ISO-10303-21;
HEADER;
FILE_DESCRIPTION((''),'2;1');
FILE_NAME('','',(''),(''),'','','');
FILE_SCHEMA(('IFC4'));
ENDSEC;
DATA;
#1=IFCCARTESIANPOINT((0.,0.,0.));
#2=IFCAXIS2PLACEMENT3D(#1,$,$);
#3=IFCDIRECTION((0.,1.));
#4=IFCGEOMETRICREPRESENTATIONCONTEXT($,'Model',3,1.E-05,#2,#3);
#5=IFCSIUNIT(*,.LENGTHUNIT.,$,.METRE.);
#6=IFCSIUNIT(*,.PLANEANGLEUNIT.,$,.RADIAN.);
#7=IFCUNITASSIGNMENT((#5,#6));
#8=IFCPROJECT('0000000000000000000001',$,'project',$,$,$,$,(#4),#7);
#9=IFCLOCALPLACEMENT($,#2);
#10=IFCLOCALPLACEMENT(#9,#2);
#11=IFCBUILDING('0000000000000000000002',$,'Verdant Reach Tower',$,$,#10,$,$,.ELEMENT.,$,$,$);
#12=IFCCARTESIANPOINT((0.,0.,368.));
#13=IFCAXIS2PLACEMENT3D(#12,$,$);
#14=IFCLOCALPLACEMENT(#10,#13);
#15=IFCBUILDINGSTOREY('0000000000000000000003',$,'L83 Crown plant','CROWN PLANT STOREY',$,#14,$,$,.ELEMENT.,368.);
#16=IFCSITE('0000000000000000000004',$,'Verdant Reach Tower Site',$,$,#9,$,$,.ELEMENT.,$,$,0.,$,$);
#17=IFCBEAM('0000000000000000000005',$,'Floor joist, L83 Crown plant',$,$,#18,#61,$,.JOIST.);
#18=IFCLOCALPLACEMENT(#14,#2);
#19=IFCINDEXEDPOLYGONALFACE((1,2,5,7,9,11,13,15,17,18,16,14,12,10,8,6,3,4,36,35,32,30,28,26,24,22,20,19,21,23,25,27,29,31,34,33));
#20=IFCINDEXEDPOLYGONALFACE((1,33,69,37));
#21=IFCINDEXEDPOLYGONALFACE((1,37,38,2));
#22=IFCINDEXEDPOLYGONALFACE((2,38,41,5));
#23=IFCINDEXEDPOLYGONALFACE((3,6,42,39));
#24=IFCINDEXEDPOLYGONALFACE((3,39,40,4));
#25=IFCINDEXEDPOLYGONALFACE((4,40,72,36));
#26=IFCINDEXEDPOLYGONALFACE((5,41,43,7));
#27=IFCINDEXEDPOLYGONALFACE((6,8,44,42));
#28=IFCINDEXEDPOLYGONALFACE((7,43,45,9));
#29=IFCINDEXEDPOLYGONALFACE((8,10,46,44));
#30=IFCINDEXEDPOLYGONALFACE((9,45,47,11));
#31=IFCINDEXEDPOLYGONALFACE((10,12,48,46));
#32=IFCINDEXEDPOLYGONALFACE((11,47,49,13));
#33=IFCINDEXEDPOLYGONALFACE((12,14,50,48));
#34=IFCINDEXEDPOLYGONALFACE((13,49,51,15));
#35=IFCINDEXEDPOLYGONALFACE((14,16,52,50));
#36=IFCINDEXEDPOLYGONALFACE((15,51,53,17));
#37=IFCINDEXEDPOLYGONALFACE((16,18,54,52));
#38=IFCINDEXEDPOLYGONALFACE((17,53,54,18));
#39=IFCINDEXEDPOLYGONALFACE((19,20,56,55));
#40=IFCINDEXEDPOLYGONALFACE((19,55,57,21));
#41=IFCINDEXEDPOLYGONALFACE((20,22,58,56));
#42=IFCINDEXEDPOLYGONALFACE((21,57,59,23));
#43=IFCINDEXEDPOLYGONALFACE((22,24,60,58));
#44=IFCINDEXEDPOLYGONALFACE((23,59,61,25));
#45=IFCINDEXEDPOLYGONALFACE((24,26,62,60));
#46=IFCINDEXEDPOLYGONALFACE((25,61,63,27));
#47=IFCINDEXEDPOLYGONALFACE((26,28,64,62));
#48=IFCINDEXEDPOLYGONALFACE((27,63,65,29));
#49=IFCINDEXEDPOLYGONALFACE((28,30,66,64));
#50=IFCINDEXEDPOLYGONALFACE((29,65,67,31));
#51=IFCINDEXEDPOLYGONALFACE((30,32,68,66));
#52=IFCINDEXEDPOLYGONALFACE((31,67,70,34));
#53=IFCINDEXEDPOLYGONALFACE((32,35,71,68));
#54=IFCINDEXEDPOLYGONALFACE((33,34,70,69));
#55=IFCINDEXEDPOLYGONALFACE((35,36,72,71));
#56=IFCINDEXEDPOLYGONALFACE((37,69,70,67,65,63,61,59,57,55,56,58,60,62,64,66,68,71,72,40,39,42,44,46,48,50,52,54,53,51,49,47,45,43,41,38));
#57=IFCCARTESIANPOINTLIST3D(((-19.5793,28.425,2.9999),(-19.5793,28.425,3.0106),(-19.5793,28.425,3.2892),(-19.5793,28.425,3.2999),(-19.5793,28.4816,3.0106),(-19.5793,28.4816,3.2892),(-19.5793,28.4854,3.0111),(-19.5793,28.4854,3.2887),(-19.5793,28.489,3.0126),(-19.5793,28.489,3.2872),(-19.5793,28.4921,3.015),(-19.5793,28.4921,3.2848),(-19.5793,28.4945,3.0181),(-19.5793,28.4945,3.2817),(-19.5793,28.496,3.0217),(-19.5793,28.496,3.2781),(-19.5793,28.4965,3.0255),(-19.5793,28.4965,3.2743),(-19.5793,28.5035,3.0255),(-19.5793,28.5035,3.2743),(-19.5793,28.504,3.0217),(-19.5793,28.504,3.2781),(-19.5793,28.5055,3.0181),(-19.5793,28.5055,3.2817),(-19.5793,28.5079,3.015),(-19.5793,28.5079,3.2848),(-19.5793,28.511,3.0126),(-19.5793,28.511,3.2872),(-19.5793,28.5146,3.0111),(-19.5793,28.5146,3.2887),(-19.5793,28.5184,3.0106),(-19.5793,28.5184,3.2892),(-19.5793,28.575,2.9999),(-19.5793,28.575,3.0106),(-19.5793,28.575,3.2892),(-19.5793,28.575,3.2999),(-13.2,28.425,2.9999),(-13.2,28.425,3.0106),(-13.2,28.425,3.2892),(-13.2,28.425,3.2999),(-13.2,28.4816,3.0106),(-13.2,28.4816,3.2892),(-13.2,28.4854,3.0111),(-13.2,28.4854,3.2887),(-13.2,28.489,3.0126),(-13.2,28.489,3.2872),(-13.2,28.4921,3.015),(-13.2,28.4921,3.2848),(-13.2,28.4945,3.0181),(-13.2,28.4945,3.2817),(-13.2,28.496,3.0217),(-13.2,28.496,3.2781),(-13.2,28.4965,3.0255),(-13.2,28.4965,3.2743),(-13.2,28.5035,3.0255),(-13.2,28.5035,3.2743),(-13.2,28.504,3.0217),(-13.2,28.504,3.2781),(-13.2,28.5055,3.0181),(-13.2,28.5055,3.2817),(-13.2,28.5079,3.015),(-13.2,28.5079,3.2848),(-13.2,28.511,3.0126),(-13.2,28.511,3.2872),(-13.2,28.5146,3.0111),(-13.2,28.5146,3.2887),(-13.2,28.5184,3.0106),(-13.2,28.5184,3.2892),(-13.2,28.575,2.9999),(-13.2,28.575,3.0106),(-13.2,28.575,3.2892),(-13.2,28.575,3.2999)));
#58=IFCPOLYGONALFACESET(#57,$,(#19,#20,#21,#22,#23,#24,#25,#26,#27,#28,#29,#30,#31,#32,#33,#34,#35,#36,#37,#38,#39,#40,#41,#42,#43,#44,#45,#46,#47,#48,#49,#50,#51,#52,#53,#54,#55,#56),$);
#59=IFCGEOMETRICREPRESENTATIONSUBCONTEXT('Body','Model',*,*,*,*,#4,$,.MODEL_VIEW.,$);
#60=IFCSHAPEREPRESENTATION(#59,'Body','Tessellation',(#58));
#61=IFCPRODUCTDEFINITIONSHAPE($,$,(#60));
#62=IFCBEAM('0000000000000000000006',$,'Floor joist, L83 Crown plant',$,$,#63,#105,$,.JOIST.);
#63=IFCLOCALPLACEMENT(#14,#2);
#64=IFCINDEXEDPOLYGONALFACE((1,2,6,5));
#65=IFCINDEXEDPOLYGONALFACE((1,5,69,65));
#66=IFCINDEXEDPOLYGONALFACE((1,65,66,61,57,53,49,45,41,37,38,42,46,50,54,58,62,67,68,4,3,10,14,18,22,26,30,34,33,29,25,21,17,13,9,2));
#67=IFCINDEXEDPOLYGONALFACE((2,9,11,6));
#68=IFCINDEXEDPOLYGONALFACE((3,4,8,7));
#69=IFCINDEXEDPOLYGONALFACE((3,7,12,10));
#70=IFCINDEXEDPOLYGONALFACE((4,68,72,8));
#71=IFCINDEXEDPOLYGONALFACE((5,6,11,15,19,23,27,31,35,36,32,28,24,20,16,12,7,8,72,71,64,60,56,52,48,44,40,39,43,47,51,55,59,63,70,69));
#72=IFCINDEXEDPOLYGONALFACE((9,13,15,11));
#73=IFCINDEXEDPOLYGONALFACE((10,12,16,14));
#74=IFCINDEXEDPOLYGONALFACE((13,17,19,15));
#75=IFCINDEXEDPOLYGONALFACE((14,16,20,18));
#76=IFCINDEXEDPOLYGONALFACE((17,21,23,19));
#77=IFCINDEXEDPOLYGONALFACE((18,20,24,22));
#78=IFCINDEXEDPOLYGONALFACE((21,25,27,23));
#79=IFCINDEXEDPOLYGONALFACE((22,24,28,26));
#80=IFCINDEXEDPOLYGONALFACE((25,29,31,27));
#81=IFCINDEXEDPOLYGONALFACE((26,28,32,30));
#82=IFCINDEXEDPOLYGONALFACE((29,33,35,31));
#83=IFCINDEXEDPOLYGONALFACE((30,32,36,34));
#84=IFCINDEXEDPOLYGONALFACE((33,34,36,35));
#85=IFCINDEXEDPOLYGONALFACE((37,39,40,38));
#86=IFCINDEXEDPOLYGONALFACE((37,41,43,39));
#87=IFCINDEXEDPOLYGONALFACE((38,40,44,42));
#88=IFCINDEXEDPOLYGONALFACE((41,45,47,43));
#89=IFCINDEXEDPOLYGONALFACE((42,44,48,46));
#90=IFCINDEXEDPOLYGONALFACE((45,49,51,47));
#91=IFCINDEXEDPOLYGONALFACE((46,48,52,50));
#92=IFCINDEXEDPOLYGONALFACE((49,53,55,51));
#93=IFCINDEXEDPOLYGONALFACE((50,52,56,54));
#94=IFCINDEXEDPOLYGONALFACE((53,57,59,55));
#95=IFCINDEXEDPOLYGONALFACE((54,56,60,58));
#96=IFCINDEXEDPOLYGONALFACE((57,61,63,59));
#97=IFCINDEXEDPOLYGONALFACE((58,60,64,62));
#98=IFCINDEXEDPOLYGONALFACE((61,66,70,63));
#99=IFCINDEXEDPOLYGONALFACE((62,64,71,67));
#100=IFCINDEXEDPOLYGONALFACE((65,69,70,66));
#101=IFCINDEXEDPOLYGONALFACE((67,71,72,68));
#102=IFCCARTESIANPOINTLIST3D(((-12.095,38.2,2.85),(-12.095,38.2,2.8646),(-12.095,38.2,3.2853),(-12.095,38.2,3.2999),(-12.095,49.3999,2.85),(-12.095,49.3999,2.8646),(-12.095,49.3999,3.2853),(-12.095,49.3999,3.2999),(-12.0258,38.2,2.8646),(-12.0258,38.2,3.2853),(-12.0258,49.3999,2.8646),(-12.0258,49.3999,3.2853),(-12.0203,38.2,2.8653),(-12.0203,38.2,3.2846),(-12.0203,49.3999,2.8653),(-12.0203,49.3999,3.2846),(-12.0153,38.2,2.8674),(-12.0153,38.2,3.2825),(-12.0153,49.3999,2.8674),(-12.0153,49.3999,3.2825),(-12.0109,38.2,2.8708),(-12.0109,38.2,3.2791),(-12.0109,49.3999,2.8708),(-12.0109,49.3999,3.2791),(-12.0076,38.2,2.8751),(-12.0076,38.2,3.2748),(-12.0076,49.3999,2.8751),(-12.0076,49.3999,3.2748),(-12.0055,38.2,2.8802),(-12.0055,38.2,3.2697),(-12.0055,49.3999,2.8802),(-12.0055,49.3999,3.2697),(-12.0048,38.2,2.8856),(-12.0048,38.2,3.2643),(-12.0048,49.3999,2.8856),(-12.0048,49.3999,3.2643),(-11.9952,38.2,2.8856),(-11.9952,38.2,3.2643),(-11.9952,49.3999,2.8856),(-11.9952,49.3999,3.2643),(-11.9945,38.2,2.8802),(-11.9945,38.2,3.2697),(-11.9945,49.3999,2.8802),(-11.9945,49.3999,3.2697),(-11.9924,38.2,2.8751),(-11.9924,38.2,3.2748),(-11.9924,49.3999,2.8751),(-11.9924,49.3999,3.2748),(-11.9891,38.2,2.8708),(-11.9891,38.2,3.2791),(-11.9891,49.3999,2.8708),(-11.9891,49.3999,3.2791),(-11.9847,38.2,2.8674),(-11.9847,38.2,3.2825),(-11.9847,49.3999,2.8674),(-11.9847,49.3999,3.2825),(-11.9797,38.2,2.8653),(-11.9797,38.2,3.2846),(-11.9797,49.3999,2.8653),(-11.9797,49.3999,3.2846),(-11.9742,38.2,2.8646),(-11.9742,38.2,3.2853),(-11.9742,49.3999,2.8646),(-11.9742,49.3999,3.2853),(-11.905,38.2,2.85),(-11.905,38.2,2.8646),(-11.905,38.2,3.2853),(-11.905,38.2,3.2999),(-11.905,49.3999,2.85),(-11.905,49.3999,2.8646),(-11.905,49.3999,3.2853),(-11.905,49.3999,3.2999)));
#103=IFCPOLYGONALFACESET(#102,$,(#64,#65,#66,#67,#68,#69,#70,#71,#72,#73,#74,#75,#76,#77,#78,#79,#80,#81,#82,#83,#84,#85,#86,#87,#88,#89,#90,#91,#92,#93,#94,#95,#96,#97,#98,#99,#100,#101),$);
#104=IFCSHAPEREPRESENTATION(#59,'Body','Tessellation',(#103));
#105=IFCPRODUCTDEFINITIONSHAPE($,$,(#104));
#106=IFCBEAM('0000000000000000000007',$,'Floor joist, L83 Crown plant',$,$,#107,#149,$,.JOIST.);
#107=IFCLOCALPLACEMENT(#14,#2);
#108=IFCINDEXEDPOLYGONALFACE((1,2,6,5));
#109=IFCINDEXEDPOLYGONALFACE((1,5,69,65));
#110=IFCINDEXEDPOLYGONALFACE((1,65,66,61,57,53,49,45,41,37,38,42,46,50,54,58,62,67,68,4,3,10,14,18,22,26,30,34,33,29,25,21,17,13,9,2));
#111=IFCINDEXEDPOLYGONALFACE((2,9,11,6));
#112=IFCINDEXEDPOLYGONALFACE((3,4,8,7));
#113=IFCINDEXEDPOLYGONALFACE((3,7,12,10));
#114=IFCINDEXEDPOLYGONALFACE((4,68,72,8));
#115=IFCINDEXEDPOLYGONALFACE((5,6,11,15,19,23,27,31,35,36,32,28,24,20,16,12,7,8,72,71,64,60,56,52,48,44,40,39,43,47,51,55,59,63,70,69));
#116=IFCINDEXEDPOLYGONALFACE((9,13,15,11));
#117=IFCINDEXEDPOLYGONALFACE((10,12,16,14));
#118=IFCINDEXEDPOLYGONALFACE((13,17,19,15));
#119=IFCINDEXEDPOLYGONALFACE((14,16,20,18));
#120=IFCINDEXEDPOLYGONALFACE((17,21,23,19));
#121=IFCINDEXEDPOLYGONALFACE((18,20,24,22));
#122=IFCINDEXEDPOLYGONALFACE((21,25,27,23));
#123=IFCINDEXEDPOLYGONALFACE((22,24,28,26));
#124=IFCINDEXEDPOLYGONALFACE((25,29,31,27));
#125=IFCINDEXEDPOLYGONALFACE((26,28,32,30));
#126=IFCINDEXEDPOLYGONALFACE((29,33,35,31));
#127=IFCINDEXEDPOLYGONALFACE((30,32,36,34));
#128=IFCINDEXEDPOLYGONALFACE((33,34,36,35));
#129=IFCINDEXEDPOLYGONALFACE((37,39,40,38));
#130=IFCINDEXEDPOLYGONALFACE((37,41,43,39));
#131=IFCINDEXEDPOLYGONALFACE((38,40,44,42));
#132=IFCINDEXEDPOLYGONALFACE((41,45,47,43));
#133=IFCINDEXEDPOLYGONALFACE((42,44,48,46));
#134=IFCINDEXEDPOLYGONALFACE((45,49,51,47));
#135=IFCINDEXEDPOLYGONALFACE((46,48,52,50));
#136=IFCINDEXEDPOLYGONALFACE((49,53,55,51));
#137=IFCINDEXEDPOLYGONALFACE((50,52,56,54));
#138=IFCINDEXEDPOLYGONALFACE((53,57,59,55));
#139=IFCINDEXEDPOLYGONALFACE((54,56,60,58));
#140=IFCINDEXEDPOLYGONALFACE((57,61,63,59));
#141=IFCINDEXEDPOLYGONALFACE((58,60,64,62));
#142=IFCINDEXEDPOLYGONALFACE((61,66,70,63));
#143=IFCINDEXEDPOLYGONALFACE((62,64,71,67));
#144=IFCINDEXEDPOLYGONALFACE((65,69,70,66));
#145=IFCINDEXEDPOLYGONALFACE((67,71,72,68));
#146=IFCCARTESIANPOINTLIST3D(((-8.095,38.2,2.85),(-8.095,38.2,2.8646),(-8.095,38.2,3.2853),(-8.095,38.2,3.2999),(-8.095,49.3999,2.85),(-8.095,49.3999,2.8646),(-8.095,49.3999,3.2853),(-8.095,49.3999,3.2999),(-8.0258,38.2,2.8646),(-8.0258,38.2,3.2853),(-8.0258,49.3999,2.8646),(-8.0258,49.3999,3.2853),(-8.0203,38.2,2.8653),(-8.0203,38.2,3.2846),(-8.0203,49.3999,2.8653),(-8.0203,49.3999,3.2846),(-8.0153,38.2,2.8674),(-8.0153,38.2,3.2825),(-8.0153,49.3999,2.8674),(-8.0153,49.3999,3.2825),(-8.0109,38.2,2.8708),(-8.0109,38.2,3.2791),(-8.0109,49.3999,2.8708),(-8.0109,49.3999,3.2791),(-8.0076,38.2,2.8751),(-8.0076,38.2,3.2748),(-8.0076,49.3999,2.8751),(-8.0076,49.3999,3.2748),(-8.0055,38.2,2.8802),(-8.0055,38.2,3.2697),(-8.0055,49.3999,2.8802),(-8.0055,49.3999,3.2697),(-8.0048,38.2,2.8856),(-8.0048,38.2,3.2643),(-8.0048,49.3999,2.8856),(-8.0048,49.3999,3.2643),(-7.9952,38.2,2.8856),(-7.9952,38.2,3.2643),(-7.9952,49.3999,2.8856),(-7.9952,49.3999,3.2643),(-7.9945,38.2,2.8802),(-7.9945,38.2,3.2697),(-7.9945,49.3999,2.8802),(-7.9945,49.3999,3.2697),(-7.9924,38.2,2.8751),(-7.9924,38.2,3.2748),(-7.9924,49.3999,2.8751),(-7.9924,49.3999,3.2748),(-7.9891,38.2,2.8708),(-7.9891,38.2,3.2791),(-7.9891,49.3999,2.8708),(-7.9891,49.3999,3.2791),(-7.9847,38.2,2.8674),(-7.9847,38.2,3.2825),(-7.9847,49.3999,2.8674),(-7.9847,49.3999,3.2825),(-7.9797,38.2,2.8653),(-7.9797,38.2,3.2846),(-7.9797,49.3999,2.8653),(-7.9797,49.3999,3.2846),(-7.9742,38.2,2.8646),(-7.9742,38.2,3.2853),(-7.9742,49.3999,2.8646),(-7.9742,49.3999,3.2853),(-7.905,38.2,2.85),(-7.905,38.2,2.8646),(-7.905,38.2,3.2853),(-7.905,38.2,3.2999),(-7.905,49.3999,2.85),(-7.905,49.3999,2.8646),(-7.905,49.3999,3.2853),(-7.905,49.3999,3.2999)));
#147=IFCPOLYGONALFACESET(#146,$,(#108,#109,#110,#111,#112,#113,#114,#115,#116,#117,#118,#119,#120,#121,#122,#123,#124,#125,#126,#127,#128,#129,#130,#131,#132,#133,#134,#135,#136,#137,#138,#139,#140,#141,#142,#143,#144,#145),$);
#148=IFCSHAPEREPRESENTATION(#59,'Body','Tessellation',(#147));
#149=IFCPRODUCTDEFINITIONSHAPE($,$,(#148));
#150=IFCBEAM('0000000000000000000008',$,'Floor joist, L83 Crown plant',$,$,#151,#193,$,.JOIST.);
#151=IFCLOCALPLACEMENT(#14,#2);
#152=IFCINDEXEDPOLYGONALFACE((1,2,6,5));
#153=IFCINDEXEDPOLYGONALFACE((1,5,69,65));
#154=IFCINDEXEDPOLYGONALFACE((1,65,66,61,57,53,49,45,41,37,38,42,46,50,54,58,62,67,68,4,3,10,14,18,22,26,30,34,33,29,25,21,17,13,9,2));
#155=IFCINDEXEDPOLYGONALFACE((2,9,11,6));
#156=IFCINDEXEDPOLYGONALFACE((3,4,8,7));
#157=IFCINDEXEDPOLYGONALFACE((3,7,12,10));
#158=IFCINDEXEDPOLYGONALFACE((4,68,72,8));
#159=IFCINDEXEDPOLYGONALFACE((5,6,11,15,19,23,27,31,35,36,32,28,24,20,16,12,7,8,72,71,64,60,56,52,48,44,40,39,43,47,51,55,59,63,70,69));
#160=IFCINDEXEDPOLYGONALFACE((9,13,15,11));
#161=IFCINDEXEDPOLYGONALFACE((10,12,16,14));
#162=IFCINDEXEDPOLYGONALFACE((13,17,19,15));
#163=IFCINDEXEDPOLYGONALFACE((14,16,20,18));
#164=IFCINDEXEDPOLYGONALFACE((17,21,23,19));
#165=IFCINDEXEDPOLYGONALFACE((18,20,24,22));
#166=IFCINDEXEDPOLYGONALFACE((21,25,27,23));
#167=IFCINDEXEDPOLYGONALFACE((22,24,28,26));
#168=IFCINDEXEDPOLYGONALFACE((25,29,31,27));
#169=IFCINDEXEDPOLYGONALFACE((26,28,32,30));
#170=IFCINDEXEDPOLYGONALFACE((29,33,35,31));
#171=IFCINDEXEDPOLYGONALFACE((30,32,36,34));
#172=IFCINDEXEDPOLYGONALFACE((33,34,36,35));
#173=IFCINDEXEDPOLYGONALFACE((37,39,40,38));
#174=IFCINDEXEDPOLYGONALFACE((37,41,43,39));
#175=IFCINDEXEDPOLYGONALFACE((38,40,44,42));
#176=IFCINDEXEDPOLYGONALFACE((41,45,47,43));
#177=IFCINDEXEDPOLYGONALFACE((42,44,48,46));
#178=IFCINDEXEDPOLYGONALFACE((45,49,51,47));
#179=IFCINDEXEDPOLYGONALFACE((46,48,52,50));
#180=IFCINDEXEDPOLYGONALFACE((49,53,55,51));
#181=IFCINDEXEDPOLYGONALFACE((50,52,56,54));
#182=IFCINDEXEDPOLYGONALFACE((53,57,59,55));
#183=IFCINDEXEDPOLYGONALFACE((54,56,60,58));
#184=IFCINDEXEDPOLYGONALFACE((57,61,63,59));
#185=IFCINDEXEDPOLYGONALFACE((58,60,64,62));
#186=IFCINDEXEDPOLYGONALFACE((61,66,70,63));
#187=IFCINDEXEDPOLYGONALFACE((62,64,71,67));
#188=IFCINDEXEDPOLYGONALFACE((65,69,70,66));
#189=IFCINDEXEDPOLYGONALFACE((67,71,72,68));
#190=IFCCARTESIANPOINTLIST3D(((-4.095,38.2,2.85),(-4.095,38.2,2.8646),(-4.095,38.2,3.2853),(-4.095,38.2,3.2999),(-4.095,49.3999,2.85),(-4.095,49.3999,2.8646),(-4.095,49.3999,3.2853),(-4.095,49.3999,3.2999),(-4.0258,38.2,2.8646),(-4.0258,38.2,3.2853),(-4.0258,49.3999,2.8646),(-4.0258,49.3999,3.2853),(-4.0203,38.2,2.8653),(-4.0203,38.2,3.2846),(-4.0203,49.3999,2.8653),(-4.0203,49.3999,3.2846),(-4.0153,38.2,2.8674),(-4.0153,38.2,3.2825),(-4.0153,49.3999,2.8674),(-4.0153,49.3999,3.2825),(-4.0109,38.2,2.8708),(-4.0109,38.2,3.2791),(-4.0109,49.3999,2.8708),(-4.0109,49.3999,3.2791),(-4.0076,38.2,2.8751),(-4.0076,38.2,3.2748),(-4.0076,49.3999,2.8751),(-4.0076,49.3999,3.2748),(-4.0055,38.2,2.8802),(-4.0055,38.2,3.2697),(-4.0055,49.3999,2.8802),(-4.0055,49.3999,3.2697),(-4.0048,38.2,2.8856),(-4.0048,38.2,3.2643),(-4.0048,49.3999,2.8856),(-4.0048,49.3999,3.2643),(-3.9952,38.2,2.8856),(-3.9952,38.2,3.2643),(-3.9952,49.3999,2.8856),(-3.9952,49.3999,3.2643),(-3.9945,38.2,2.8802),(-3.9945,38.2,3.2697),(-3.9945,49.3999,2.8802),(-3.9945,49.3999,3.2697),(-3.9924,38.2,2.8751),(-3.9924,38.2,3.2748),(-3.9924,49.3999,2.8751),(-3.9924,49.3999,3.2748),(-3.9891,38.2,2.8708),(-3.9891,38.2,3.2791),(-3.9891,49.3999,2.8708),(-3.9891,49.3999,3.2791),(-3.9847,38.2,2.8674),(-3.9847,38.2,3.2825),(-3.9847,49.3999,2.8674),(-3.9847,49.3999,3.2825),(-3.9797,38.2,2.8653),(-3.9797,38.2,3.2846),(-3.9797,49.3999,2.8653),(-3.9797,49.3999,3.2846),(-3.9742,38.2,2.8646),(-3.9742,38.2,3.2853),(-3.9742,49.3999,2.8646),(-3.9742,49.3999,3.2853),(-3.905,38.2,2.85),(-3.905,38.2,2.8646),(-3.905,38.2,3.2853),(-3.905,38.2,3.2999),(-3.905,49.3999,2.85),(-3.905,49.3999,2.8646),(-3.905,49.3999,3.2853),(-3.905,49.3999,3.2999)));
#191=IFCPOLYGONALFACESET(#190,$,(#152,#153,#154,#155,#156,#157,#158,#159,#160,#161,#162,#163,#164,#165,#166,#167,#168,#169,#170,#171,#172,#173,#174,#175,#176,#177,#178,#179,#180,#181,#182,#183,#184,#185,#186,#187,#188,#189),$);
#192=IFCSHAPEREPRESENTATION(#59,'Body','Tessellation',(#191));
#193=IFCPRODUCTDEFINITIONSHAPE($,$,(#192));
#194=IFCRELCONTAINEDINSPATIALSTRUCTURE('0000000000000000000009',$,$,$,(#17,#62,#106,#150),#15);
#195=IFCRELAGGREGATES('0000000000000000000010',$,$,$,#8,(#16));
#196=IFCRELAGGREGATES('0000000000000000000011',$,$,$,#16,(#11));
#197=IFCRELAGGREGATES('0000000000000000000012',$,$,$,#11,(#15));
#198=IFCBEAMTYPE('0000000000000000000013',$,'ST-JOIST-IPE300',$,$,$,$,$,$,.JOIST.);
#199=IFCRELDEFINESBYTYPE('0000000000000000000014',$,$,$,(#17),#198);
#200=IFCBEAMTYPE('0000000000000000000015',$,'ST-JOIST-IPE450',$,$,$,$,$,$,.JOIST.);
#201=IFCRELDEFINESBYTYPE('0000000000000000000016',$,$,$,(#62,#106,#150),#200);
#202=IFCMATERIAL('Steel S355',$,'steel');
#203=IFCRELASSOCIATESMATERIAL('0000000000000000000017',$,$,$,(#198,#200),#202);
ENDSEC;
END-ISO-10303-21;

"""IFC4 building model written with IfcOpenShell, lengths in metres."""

from ifc_helpers import new_model, si_unit, direction, frame, origin, origin_2d, place, context, subcontext, project, spatial, i_section, extrude, material, material_profile, profile_set, type_object, element, save


model = new_model("IFC4")

# Units and contexts
model_context = context("Model", 3, precision=1e-05, world=origin(), true_north=direction((0.0, 1.0)))
body_context = subcontext(model_context, "Body", "Model", "MODEL_VIEW")
ifc_project = project(units=[si_unit("LENGTHUNIT", "METRE"), si_unit("PLANEANGLEUNIT", "RADIAN")], contexts=[model_context])

# Site, building, storey
site_placement = place(None, origin())
site = spatial("IfcSite", under=ifc_project, at=site_placement, Name="Verdant Reach Tower Site", CompositionType="ELEMENT", RefElevation=0.0)
building_placement = place(site_placement, origin())
building = spatial("IfcBuilding", under=site, at=building_placement, Name="Verdant Reach Tower", CompositionType="ELEMENT")
storey_placement = place(building_placement, frame((0.0, 0.0, 368.0)))
storey = spatial("IfcBuildingStorey", under=building, at=storey_placement, Name="L83 Crown plant", Description="CROWN PLANT STOREY", CompositionType="ELEMENT", Elevation=368.0)

# Beams
ifc_material_1 = material(Name="Steel S355", Category="steel")
ifc_material_profile_1 = material_profile(ifc_material_1, i_section(OverallWidth=0.1499, OverallDepth=0.3, WebThickness=0.0071, FlangeThickness=0.0107, FilletRadius=0.0149, at=origin_2d()), Name="IPE 300")
ifc_profile_set_1 = profile_set([ifc_material_profile_1], Name="Steel S355")
beam_type_1 = type_object("IfcBeamType", Name="ST-JOIST-IPE300", PredefinedType="JOIST", material=ifc_profile_set_1)
beam_1_placement = place(storey_placement, frame((-13.2, 28.5, 3.1499), z_axis=(-1.0, 0.0, 0.0), x_axis=(0.0, -1.0, 0.0)))
element("IfcBeam", 1, at=beam_1_placement, inside=storey, type_object=beam_type_1, Name="Floor joist, L83 Crown plant", PredefinedType="JOIST", context=body_context, shape_type="SweptSolid", body=[
    extrude(i_section(OverallWidth=0.1499, OverallDepth=0.3, WebThickness=0.0071, FlangeThickness=0.0107, FilletRadius=0.0149, at=origin_2d()), origin(), (0.0, 0.0, 1.0), 6.3794),
])
ifc_material_profile_2 = material_profile(ifc_material_1, i_section(OverallWidth=0.1899, OverallDepth=0.45, WebThickness=0.0095, FlangeThickness=0.0146, FilletRadius=0.021, at=origin_2d()), Name="IPE 450")
ifc_profile_set_2 = profile_set([ifc_material_profile_2], Name="Steel S355")
beam_type_2 = type_object("IfcBeamType", Name="ST-JOIST-IPE450", PredefinedType="JOIST", material=ifc_profile_set_2)
for number, where, z_axis, x_axis, name in (
    (2, (-12.0, 38.2, 3.075), (0.0, 1.0, 0.0), (-1.0, 0.0, 0.0), "Floor joist, L83 Crown plant"),
    (3, (-8.0, 38.2, 3.075), (0.0, 1.0, 0.0), (-1.0, 0.0, 0.0), "Floor joist, L83 Crown plant"),
    (4, (-4.0, 38.2, 3.075), (0.0, 1.0, 0.0), (-1.0, 0.0, 0.0), "Floor joist, L83 Crown plant"),
):
    element("IfcBeam", number, at=place(storey_placement, frame(where, z_axis=z_axis, x_axis=x_axis)), inside=storey, type_object=beam_type_2, Name=name, PredefinedType="JOIST", context=body_context, shape_type="SweptSolid", body=[
        extrude(i_section(OverallWidth=0.1899, OverallDepth=0.45, WebThickness=0.0095, FlangeThickness=0.0146, FilletRadius=0.021, at=origin_2d()), origin(), (0.0, 0.0, 1.0), 11.2),
    ])

save(model, "model.ifc")
